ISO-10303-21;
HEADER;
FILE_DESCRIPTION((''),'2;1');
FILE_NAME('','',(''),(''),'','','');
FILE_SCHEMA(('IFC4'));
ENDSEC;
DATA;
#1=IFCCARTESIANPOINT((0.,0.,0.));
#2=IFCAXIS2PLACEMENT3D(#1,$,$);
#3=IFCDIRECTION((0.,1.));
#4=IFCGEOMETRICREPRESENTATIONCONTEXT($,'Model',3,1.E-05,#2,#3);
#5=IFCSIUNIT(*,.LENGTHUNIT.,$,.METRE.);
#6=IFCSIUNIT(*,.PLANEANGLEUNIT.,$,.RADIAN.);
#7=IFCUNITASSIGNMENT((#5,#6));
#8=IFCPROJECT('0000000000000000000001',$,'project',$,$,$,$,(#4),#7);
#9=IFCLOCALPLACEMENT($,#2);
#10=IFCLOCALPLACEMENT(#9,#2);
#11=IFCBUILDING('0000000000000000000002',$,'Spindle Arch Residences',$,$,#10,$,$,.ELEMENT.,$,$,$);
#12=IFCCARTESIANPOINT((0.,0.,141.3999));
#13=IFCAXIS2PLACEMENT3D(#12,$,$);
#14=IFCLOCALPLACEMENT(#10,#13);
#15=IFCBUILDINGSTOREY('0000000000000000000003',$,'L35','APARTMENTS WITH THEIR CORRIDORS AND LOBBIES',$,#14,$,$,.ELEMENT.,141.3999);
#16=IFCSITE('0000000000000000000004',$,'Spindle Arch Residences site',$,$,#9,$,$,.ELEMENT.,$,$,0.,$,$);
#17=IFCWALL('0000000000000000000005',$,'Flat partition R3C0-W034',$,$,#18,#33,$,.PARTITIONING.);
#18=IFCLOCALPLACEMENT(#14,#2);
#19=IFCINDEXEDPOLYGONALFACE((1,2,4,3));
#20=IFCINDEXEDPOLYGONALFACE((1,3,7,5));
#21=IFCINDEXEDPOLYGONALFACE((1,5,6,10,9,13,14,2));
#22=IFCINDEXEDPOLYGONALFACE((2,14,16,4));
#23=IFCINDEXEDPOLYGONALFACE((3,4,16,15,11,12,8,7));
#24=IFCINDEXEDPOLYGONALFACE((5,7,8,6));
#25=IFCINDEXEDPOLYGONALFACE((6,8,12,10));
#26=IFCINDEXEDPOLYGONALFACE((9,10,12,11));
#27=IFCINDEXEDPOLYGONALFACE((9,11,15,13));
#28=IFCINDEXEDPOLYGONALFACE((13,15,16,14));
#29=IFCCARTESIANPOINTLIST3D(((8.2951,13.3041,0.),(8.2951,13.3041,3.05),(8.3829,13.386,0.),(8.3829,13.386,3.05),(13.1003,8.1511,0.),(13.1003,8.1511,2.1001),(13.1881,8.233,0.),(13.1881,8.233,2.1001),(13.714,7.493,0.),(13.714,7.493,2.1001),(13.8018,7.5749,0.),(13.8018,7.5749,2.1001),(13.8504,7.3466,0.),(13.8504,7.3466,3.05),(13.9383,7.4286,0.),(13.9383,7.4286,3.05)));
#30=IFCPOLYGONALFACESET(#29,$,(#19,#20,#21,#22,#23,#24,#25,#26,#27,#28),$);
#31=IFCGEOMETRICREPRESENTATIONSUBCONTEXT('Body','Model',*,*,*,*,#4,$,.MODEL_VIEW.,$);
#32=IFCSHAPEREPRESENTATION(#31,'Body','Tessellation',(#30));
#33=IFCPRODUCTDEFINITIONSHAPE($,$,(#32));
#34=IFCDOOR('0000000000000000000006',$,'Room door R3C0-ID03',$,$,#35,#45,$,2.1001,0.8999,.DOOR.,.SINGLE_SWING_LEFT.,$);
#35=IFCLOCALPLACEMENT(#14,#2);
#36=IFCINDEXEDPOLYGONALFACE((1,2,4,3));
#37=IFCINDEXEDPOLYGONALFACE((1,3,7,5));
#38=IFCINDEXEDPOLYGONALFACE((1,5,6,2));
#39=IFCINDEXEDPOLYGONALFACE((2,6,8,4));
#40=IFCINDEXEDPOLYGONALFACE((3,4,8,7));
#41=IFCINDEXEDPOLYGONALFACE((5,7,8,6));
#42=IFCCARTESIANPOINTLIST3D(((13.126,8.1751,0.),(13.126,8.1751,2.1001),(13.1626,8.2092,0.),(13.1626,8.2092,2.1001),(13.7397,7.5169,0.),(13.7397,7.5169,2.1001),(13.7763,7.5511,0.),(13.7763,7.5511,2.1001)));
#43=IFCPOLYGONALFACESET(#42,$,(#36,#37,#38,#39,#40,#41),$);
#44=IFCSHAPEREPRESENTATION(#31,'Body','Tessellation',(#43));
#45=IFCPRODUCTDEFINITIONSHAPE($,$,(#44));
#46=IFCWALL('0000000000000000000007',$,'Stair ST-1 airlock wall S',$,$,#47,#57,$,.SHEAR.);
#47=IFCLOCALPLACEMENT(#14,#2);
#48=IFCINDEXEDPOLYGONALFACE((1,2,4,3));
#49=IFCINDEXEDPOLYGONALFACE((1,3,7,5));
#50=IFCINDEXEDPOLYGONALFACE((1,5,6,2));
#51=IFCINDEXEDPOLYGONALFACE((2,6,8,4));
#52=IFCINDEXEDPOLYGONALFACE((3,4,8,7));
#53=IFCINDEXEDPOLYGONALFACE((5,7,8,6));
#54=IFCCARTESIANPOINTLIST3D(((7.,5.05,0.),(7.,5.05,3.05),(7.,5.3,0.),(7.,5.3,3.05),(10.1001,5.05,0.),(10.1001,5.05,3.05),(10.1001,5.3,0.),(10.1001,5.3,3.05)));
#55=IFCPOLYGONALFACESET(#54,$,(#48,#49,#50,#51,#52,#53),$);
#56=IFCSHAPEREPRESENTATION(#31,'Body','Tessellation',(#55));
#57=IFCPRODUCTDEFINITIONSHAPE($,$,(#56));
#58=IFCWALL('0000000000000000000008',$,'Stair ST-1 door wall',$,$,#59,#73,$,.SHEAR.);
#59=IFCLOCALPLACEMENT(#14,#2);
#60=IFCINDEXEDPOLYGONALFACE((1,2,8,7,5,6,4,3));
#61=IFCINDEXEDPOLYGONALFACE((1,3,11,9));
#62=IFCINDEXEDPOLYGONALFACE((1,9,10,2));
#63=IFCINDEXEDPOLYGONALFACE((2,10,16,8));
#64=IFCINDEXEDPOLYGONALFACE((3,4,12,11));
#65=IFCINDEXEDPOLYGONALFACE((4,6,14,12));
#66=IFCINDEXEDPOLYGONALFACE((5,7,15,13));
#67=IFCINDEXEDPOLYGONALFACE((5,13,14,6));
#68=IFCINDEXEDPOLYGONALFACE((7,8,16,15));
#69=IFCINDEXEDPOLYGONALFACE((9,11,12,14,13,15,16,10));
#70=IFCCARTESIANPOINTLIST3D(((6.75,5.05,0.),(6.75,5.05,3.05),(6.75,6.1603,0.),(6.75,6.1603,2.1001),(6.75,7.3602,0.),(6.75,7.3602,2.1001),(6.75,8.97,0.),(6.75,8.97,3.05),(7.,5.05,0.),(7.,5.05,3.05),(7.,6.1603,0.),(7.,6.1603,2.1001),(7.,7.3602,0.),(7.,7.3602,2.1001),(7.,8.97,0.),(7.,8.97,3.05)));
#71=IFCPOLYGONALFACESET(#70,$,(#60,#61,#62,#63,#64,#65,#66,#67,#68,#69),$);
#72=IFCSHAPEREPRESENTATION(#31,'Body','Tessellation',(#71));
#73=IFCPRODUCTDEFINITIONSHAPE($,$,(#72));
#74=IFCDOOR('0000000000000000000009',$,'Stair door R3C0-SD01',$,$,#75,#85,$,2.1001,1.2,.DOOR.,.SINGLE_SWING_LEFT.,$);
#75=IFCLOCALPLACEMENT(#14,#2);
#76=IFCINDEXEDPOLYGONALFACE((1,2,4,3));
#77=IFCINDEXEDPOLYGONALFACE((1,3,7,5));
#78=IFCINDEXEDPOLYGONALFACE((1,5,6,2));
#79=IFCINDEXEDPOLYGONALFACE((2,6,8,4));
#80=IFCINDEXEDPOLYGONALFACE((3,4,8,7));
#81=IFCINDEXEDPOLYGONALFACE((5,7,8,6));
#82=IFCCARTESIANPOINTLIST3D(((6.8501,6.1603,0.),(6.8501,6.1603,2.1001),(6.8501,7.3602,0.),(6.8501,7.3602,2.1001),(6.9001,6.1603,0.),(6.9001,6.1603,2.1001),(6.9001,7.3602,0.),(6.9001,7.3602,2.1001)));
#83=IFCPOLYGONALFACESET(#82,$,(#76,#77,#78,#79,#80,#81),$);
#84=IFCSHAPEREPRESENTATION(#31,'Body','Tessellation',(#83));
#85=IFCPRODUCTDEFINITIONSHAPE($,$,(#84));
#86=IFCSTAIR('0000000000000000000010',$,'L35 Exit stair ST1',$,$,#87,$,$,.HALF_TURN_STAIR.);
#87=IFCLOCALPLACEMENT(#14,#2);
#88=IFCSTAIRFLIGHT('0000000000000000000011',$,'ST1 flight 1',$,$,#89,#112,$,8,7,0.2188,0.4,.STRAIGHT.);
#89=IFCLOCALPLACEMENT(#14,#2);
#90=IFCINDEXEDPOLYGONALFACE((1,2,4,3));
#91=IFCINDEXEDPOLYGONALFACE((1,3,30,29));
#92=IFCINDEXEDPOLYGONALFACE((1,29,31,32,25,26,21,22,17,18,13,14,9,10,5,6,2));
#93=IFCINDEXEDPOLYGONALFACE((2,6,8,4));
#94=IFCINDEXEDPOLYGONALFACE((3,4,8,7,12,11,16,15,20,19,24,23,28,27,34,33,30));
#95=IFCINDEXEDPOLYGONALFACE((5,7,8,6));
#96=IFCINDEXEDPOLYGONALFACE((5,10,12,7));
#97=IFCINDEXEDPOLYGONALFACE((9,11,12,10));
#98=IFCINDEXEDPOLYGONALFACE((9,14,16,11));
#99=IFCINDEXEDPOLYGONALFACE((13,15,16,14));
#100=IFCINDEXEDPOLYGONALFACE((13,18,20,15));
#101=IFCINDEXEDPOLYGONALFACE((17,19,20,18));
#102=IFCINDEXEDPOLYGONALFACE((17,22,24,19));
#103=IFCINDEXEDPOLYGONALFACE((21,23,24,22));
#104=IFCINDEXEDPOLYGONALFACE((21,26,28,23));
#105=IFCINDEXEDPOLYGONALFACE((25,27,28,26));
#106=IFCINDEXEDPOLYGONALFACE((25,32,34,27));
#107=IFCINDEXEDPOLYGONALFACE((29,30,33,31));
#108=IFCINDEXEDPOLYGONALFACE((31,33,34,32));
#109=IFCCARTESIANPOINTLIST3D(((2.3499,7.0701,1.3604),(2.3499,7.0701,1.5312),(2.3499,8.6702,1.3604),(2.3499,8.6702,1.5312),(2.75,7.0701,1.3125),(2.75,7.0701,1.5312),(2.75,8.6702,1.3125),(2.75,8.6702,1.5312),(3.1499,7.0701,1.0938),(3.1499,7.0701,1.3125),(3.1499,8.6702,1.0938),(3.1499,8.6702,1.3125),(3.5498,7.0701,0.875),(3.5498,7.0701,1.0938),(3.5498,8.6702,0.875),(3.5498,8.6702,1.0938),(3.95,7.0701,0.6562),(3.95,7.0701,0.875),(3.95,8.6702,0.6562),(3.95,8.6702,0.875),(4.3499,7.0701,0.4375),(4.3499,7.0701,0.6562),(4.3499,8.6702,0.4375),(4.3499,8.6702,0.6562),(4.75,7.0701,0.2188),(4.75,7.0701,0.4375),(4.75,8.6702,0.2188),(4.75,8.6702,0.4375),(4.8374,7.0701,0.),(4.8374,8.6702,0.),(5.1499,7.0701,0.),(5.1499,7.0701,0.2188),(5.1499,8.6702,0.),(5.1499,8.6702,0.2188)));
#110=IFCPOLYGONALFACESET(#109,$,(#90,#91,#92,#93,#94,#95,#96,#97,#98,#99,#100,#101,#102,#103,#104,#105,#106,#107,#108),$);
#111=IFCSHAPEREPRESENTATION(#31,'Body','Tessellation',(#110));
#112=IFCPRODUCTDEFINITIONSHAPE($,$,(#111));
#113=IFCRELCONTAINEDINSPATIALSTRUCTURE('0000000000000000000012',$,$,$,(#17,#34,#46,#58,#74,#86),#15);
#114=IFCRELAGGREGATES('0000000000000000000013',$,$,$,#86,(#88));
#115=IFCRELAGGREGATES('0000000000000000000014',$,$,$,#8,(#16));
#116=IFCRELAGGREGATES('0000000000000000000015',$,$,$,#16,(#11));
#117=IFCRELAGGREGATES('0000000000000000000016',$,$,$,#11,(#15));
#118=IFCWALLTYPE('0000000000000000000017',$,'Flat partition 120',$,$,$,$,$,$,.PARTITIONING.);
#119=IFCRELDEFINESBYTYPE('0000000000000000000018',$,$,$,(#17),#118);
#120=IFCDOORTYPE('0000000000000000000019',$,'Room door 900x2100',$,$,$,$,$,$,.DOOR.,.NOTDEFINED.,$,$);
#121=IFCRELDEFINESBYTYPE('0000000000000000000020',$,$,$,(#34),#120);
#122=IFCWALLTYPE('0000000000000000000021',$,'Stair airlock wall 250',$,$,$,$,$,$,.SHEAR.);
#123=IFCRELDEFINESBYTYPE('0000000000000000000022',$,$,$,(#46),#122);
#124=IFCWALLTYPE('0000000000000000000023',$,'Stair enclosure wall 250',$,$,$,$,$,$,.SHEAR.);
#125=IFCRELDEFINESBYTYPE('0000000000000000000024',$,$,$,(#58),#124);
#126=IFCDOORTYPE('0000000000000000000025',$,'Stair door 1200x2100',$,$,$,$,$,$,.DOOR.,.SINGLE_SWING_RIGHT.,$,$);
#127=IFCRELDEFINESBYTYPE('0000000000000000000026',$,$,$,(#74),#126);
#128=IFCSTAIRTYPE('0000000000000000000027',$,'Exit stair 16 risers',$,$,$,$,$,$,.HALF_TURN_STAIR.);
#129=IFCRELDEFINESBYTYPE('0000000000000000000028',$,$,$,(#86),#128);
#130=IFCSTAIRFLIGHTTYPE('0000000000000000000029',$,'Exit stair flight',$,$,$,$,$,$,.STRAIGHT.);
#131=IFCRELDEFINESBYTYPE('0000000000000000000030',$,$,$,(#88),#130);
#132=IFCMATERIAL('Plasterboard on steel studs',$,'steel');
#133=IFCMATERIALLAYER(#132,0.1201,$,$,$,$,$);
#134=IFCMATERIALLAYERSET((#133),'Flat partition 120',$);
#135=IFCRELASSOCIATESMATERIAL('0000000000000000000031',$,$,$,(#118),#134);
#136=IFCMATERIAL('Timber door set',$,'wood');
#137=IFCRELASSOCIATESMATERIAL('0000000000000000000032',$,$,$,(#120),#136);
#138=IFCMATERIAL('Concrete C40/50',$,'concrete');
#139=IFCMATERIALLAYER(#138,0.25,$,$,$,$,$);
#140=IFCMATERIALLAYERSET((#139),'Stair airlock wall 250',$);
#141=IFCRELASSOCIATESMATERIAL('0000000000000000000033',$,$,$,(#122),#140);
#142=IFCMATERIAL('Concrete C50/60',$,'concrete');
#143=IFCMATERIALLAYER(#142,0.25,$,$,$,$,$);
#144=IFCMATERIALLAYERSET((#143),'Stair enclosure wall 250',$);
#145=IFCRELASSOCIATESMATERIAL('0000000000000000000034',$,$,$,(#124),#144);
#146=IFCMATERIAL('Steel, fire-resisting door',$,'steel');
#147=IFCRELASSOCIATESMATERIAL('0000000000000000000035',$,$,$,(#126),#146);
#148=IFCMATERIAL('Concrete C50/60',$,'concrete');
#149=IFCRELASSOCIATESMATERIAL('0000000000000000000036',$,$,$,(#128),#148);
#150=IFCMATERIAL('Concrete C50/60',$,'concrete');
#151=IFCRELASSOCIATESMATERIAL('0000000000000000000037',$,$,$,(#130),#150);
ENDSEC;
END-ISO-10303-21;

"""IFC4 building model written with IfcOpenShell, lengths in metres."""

from ifc_helpers import new_model, si_unit, direction, frame, frame_2d, origin, place, context, subcontext, project, spatial, polyline, rectangle, outline, extrude, material, layer, layer_set, type_object, element, fill, aggregate, save


model = new_model("IFC4")

# Units and contexts
model_context = context("Model", 3, precision=1e-05, world=origin(), true_north=direction((0.0, 1.0)))
body_context = subcontext(model_context, "Body", "Model", "MODEL_VIEW")
ifc_project = project(units=[si_unit("LENGTHUNIT", "METRE"), si_unit("PLANEANGLEUNIT", "RADIAN")], contexts=[model_context])

# Site, building, storey
site_placement = place(None, origin())
site = spatial("IfcSite", under=ifc_project, at=site_placement, Name="Spindle Arch Residences site", CompositionType="ELEMENT", RefElevation=0.0)
building_placement = place(site_placement, origin())
building = spatial("IfcBuilding", under=site, at=building_placement, Name="Spindle Arch Residences", CompositionType="ELEMENT")
storey_placement = place(building_placement, frame((0.0, 0.0, 141.3999)))
storey = spatial("IfcBuildingStorey", under=building, at=storey_placement, Name="L35", Description="APARTMENTS WITH THEIR CORRIDORS AND LOBBIES", CompositionType="ELEMENT", Elevation=141.3999)

# Wall, opening, door
ifc_material_1 = material(Name="Plasterboard on steel studs", Category="steel")
ifc_layer_1 = layer(ifc_material_1, 0.1201)
ifc_layer_set_1 = layer_set([ifc_layer_1], Name="Flat partition 120")
wall_type_1 = type_object("IfcWallType", Name="Flat partition 120", PredefinedType="PARTITIONING", material=ifc_layer_set_1)
ifc_material_2 = material(Name="Timber door set", Category="wood")
door_type_1 = type_object("IfcDoorType", Name="Room door 900x2100", OperationType="NOTDEFINED", PredefinedType="DOOR", material=ifc_material_2)
wall_1_placement = place(storey_placement, frame((13.8943, 7.3877, 0.0), z_axis=(0.0, 0.0, 1.0), x_axis=(-0.681995, 0.731357, 0.0)))
wall_1 = element("IfcWall", 1, at=wall_1_placement, inside=storey, type_object=wall_type_1, Name="Flat partition R3C0-W034", PredefinedType="PARTITIONING", context=body_context, shape_type="SweptSolid", body=[
    extrude(rectangle(XDim=8.1458, YDim=0.1201, at=frame_2d((4.0728, 0.0))), origin(), (0.0, 0.0, 1.0), 3.05),
])
opening_1_placement = place(wall_1_placement, frame((0.2, 0.0, 0.0)))
opening_1 = element("IfcOpeningElement", 2, at=opening_1_placement, cuts=wall_1, PredefinedType="OPENING", context=body_context, shape_type="SweptSolid", body=[
    extrude(rectangle(XDim=0.8999, YDim=2.1001, at=frame_2d((0.45, 1.05))), frame((0.0, 0.0701, 0.0), z_axis=(0.0, -1.0, 0.0), x_axis=(1.0, 0.0, 0.0)), (0.0, 0.0, 1.0), 0.1401),
])
door_1_placement = place(opening_1_placement, origin())
door_1 = element("IfcDoor", 3, at=door_1_placement, inside=storey, type_object=door_type_1, Name="Room door R3C0-ID03", OperationType="SINGLE_SWING_LEFT", OverallHeight=2.1001, OverallWidth=0.8999, PredefinedType="DOOR", context=body_context, shape_type="SweptSolid", body=[
    extrude(rectangle(XDim=0.8999, YDim=2.1001, at=frame_2d((0.45, 1.05))), frame((0.0, 0.0249, 0.0), z_axis=(0.0, -1.0, 0.0), x_axis=(1.0, 0.0, 0.0)), (0.0, 0.0, 1.0), 0.05),
])
fill(opening_1, door_1)

# Wall
ifc_material_3 = material(Name="Concrete C40/50", Category="concrete")
ifc_layer_2 = layer(ifc_material_3, 0.25)
ifc_layer_set_2 = layer_set([ifc_layer_2], Name="Stair airlock wall 250")
wall_type_2 = type_object("IfcWallType", Name="Stair airlock wall 250", PredefinedType="SHEAR", material=ifc_layer_set_2)
wall_2_placement = place(storey_placement, frame((7.0, 5.175, 0.0), z_axis=(0.0, 0.0, 1.0), x_axis=(1.0, 0.0, 0.0)))
element("IfcWall", 4, at=wall_2_placement, inside=storey, type_object=wall_type_2, Name="Stair ST-1 airlock wall S", PredefinedType="SHEAR", context=body_context, shape_type="SweptSolid", body=[
    extrude(rectangle(XDim=3.1001, YDim=0.25, at=frame_2d((1.55, 0.0))), origin(), (0.0, 0.0, 1.0), 3.05),
])

# Wall, opening, door
ifc_material_4 = material(Name="Concrete C50/60", Category="concrete")
ifc_layer_3 = layer(ifc_material_4, 0.25)
ifc_layer_set_3 = layer_set([ifc_layer_3], Name="Stair enclosure wall 250")
wall_type_3 = type_object("IfcWallType", Name="Stair enclosure wall 250", PredefinedType="SHEAR", material=ifc_layer_set_3)
wall_3_placement = place(storey_placement, frame((6.875, 5.05, 0.0), z_axis=(0.0, 0.0, 1.0), x_axis=(0.0, 1.0, 0.0)))
wall_3 = element("IfcWall", 5, at=wall_3_placement, inside=storey, type_object=wall_type_3, Name="Stair ST-1 door wall", PredefinedType="SHEAR", context=body_context, shape_type="SweptSolid", body=[
    extrude(rectangle(XDim=3.9199, YDim=0.25, at=frame_2d((1.96, 0.0))), origin(), (0.0, 0.0, 1.0), 3.05),
])
opening_2_placement = place(wall_3_placement, frame((1.1101, 0.0, 0.0)))
opening_2 = element("IfcOpeningElement", 6, at=opening_2_placement, cuts=wall_3, PredefinedType="OPENING", context=body_context, shape_type="SweptSolid", body=[
    extrude(rectangle(XDim=1.2, YDim=2.1001, at=frame_2d((0.6001, 1.05))), frame((0.0, 0.135, 0.0), z_axis=(0.0, -1.0, 0.0), x_axis=(1.0, 0.0, 0.0)), (0.0, 0.0, 1.0), 0.27),
])
ifc_material_5 = material(Name="Steel, fire-resisting door", Category="steel")
door_type_2 = type_object("IfcDoorType", Name="Stair door 1200x2100", OperationType="SINGLE_SWING_RIGHT", PredefinedType="DOOR", material=ifc_material_5)
door_2_placement = place(opening_2_placement, origin())
door_2 = element("IfcDoor", 7, at=door_2_placement, inside=storey, type_object=door_type_2, Name="Stair door R3C0-SD01", OperationType="SINGLE_SWING_LEFT", OverallHeight=2.1001, OverallWidth=1.2, PredefinedType="DOOR", context=body_context, shape_type="SweptSolid", body=[
    extrude(rectangle(XDim=1.2, YDim=2.1001, at=frame_2d((0.6001, 1.05))), frame((0.0, 0.0249, 0.0), z_axis=(0.0, -1.0, 0.0), x_axis=(1.0, 0.0, 0.0)), (0.0, 0.0, 1.0), 0.05),
])
fill(opening_2, door_2)

# Stair, stair flight
ifc_material_6 = material(Name="Concrete C50/60", Category="concrete")
stair_type = type_object("IfcStairType", Name="Exit stair 16 risers", PredefinedType="HALF_TURN_STAIR", material=ifc_material_6)
stair_placement = place(storey_placement, origin())
stair = element("IfcStair", 8, at=stair_placement, inside=storey, type_object=stair_type, Name="L35 Exit stair ST1", PredefinedType="HALF_TURN_STAIR")
ifc_material_7 = material(Name="Concrete C50/60", Category="concrete")
stair_flight_type = type_object("IfcStairFlightType", Name="Exit stair flight", PredefinedType="STRAIGHT", material=ifc_material_7)
stair_flight_placement = place(storey_placement, frame((5.1499, 7.8701, 0.0), z_axis=(0.0, 0.0, 1.0), x_axis=(-1.0, 0.0, 0.0)))
stair_flight = element("IfcStairFlight", 9, at=stair_flight_placement, type_object=stair_flight_type, Name="ST1 flight 1", NumberOfRisers=8, NumberOfTreads=7, PredefinedType="STRAIGHT", RiserHeight=0.2188, TreadLength=0.4, context=body_context, shape_type="SweptSolid", body=[
    extrude(outline(polyline([(0.0, 0.0), (0.0, 0.2188), (0.3999, 0.2188), (0.3999, 0.4375), (0.8, 0.4375), (0.8, 0.6562), (1.2, 0.6562), (1.2, 0.875), (1.6001, 0.875), (1.6001, 1.0938), (2.0, 1.0938), (2.0, 1.3125), (2.3999, 1.3125), (2.3999, 1.5312), (2.8, 1.5312), (2.8, 1.75), (2.8, 1.3604), (0.3125, 0.0), (0.0, 0.0)])), frame((0.0, 0.8, 0.0), z_axis=(0.0, -1.0, 0.0), x_axis=(1.0, 0.0, 0.0)), (0.0, 0.0, 1.0), 1.6001),
])
aggregate(stair, [stair_flight])

save(model, "model.ifc")
